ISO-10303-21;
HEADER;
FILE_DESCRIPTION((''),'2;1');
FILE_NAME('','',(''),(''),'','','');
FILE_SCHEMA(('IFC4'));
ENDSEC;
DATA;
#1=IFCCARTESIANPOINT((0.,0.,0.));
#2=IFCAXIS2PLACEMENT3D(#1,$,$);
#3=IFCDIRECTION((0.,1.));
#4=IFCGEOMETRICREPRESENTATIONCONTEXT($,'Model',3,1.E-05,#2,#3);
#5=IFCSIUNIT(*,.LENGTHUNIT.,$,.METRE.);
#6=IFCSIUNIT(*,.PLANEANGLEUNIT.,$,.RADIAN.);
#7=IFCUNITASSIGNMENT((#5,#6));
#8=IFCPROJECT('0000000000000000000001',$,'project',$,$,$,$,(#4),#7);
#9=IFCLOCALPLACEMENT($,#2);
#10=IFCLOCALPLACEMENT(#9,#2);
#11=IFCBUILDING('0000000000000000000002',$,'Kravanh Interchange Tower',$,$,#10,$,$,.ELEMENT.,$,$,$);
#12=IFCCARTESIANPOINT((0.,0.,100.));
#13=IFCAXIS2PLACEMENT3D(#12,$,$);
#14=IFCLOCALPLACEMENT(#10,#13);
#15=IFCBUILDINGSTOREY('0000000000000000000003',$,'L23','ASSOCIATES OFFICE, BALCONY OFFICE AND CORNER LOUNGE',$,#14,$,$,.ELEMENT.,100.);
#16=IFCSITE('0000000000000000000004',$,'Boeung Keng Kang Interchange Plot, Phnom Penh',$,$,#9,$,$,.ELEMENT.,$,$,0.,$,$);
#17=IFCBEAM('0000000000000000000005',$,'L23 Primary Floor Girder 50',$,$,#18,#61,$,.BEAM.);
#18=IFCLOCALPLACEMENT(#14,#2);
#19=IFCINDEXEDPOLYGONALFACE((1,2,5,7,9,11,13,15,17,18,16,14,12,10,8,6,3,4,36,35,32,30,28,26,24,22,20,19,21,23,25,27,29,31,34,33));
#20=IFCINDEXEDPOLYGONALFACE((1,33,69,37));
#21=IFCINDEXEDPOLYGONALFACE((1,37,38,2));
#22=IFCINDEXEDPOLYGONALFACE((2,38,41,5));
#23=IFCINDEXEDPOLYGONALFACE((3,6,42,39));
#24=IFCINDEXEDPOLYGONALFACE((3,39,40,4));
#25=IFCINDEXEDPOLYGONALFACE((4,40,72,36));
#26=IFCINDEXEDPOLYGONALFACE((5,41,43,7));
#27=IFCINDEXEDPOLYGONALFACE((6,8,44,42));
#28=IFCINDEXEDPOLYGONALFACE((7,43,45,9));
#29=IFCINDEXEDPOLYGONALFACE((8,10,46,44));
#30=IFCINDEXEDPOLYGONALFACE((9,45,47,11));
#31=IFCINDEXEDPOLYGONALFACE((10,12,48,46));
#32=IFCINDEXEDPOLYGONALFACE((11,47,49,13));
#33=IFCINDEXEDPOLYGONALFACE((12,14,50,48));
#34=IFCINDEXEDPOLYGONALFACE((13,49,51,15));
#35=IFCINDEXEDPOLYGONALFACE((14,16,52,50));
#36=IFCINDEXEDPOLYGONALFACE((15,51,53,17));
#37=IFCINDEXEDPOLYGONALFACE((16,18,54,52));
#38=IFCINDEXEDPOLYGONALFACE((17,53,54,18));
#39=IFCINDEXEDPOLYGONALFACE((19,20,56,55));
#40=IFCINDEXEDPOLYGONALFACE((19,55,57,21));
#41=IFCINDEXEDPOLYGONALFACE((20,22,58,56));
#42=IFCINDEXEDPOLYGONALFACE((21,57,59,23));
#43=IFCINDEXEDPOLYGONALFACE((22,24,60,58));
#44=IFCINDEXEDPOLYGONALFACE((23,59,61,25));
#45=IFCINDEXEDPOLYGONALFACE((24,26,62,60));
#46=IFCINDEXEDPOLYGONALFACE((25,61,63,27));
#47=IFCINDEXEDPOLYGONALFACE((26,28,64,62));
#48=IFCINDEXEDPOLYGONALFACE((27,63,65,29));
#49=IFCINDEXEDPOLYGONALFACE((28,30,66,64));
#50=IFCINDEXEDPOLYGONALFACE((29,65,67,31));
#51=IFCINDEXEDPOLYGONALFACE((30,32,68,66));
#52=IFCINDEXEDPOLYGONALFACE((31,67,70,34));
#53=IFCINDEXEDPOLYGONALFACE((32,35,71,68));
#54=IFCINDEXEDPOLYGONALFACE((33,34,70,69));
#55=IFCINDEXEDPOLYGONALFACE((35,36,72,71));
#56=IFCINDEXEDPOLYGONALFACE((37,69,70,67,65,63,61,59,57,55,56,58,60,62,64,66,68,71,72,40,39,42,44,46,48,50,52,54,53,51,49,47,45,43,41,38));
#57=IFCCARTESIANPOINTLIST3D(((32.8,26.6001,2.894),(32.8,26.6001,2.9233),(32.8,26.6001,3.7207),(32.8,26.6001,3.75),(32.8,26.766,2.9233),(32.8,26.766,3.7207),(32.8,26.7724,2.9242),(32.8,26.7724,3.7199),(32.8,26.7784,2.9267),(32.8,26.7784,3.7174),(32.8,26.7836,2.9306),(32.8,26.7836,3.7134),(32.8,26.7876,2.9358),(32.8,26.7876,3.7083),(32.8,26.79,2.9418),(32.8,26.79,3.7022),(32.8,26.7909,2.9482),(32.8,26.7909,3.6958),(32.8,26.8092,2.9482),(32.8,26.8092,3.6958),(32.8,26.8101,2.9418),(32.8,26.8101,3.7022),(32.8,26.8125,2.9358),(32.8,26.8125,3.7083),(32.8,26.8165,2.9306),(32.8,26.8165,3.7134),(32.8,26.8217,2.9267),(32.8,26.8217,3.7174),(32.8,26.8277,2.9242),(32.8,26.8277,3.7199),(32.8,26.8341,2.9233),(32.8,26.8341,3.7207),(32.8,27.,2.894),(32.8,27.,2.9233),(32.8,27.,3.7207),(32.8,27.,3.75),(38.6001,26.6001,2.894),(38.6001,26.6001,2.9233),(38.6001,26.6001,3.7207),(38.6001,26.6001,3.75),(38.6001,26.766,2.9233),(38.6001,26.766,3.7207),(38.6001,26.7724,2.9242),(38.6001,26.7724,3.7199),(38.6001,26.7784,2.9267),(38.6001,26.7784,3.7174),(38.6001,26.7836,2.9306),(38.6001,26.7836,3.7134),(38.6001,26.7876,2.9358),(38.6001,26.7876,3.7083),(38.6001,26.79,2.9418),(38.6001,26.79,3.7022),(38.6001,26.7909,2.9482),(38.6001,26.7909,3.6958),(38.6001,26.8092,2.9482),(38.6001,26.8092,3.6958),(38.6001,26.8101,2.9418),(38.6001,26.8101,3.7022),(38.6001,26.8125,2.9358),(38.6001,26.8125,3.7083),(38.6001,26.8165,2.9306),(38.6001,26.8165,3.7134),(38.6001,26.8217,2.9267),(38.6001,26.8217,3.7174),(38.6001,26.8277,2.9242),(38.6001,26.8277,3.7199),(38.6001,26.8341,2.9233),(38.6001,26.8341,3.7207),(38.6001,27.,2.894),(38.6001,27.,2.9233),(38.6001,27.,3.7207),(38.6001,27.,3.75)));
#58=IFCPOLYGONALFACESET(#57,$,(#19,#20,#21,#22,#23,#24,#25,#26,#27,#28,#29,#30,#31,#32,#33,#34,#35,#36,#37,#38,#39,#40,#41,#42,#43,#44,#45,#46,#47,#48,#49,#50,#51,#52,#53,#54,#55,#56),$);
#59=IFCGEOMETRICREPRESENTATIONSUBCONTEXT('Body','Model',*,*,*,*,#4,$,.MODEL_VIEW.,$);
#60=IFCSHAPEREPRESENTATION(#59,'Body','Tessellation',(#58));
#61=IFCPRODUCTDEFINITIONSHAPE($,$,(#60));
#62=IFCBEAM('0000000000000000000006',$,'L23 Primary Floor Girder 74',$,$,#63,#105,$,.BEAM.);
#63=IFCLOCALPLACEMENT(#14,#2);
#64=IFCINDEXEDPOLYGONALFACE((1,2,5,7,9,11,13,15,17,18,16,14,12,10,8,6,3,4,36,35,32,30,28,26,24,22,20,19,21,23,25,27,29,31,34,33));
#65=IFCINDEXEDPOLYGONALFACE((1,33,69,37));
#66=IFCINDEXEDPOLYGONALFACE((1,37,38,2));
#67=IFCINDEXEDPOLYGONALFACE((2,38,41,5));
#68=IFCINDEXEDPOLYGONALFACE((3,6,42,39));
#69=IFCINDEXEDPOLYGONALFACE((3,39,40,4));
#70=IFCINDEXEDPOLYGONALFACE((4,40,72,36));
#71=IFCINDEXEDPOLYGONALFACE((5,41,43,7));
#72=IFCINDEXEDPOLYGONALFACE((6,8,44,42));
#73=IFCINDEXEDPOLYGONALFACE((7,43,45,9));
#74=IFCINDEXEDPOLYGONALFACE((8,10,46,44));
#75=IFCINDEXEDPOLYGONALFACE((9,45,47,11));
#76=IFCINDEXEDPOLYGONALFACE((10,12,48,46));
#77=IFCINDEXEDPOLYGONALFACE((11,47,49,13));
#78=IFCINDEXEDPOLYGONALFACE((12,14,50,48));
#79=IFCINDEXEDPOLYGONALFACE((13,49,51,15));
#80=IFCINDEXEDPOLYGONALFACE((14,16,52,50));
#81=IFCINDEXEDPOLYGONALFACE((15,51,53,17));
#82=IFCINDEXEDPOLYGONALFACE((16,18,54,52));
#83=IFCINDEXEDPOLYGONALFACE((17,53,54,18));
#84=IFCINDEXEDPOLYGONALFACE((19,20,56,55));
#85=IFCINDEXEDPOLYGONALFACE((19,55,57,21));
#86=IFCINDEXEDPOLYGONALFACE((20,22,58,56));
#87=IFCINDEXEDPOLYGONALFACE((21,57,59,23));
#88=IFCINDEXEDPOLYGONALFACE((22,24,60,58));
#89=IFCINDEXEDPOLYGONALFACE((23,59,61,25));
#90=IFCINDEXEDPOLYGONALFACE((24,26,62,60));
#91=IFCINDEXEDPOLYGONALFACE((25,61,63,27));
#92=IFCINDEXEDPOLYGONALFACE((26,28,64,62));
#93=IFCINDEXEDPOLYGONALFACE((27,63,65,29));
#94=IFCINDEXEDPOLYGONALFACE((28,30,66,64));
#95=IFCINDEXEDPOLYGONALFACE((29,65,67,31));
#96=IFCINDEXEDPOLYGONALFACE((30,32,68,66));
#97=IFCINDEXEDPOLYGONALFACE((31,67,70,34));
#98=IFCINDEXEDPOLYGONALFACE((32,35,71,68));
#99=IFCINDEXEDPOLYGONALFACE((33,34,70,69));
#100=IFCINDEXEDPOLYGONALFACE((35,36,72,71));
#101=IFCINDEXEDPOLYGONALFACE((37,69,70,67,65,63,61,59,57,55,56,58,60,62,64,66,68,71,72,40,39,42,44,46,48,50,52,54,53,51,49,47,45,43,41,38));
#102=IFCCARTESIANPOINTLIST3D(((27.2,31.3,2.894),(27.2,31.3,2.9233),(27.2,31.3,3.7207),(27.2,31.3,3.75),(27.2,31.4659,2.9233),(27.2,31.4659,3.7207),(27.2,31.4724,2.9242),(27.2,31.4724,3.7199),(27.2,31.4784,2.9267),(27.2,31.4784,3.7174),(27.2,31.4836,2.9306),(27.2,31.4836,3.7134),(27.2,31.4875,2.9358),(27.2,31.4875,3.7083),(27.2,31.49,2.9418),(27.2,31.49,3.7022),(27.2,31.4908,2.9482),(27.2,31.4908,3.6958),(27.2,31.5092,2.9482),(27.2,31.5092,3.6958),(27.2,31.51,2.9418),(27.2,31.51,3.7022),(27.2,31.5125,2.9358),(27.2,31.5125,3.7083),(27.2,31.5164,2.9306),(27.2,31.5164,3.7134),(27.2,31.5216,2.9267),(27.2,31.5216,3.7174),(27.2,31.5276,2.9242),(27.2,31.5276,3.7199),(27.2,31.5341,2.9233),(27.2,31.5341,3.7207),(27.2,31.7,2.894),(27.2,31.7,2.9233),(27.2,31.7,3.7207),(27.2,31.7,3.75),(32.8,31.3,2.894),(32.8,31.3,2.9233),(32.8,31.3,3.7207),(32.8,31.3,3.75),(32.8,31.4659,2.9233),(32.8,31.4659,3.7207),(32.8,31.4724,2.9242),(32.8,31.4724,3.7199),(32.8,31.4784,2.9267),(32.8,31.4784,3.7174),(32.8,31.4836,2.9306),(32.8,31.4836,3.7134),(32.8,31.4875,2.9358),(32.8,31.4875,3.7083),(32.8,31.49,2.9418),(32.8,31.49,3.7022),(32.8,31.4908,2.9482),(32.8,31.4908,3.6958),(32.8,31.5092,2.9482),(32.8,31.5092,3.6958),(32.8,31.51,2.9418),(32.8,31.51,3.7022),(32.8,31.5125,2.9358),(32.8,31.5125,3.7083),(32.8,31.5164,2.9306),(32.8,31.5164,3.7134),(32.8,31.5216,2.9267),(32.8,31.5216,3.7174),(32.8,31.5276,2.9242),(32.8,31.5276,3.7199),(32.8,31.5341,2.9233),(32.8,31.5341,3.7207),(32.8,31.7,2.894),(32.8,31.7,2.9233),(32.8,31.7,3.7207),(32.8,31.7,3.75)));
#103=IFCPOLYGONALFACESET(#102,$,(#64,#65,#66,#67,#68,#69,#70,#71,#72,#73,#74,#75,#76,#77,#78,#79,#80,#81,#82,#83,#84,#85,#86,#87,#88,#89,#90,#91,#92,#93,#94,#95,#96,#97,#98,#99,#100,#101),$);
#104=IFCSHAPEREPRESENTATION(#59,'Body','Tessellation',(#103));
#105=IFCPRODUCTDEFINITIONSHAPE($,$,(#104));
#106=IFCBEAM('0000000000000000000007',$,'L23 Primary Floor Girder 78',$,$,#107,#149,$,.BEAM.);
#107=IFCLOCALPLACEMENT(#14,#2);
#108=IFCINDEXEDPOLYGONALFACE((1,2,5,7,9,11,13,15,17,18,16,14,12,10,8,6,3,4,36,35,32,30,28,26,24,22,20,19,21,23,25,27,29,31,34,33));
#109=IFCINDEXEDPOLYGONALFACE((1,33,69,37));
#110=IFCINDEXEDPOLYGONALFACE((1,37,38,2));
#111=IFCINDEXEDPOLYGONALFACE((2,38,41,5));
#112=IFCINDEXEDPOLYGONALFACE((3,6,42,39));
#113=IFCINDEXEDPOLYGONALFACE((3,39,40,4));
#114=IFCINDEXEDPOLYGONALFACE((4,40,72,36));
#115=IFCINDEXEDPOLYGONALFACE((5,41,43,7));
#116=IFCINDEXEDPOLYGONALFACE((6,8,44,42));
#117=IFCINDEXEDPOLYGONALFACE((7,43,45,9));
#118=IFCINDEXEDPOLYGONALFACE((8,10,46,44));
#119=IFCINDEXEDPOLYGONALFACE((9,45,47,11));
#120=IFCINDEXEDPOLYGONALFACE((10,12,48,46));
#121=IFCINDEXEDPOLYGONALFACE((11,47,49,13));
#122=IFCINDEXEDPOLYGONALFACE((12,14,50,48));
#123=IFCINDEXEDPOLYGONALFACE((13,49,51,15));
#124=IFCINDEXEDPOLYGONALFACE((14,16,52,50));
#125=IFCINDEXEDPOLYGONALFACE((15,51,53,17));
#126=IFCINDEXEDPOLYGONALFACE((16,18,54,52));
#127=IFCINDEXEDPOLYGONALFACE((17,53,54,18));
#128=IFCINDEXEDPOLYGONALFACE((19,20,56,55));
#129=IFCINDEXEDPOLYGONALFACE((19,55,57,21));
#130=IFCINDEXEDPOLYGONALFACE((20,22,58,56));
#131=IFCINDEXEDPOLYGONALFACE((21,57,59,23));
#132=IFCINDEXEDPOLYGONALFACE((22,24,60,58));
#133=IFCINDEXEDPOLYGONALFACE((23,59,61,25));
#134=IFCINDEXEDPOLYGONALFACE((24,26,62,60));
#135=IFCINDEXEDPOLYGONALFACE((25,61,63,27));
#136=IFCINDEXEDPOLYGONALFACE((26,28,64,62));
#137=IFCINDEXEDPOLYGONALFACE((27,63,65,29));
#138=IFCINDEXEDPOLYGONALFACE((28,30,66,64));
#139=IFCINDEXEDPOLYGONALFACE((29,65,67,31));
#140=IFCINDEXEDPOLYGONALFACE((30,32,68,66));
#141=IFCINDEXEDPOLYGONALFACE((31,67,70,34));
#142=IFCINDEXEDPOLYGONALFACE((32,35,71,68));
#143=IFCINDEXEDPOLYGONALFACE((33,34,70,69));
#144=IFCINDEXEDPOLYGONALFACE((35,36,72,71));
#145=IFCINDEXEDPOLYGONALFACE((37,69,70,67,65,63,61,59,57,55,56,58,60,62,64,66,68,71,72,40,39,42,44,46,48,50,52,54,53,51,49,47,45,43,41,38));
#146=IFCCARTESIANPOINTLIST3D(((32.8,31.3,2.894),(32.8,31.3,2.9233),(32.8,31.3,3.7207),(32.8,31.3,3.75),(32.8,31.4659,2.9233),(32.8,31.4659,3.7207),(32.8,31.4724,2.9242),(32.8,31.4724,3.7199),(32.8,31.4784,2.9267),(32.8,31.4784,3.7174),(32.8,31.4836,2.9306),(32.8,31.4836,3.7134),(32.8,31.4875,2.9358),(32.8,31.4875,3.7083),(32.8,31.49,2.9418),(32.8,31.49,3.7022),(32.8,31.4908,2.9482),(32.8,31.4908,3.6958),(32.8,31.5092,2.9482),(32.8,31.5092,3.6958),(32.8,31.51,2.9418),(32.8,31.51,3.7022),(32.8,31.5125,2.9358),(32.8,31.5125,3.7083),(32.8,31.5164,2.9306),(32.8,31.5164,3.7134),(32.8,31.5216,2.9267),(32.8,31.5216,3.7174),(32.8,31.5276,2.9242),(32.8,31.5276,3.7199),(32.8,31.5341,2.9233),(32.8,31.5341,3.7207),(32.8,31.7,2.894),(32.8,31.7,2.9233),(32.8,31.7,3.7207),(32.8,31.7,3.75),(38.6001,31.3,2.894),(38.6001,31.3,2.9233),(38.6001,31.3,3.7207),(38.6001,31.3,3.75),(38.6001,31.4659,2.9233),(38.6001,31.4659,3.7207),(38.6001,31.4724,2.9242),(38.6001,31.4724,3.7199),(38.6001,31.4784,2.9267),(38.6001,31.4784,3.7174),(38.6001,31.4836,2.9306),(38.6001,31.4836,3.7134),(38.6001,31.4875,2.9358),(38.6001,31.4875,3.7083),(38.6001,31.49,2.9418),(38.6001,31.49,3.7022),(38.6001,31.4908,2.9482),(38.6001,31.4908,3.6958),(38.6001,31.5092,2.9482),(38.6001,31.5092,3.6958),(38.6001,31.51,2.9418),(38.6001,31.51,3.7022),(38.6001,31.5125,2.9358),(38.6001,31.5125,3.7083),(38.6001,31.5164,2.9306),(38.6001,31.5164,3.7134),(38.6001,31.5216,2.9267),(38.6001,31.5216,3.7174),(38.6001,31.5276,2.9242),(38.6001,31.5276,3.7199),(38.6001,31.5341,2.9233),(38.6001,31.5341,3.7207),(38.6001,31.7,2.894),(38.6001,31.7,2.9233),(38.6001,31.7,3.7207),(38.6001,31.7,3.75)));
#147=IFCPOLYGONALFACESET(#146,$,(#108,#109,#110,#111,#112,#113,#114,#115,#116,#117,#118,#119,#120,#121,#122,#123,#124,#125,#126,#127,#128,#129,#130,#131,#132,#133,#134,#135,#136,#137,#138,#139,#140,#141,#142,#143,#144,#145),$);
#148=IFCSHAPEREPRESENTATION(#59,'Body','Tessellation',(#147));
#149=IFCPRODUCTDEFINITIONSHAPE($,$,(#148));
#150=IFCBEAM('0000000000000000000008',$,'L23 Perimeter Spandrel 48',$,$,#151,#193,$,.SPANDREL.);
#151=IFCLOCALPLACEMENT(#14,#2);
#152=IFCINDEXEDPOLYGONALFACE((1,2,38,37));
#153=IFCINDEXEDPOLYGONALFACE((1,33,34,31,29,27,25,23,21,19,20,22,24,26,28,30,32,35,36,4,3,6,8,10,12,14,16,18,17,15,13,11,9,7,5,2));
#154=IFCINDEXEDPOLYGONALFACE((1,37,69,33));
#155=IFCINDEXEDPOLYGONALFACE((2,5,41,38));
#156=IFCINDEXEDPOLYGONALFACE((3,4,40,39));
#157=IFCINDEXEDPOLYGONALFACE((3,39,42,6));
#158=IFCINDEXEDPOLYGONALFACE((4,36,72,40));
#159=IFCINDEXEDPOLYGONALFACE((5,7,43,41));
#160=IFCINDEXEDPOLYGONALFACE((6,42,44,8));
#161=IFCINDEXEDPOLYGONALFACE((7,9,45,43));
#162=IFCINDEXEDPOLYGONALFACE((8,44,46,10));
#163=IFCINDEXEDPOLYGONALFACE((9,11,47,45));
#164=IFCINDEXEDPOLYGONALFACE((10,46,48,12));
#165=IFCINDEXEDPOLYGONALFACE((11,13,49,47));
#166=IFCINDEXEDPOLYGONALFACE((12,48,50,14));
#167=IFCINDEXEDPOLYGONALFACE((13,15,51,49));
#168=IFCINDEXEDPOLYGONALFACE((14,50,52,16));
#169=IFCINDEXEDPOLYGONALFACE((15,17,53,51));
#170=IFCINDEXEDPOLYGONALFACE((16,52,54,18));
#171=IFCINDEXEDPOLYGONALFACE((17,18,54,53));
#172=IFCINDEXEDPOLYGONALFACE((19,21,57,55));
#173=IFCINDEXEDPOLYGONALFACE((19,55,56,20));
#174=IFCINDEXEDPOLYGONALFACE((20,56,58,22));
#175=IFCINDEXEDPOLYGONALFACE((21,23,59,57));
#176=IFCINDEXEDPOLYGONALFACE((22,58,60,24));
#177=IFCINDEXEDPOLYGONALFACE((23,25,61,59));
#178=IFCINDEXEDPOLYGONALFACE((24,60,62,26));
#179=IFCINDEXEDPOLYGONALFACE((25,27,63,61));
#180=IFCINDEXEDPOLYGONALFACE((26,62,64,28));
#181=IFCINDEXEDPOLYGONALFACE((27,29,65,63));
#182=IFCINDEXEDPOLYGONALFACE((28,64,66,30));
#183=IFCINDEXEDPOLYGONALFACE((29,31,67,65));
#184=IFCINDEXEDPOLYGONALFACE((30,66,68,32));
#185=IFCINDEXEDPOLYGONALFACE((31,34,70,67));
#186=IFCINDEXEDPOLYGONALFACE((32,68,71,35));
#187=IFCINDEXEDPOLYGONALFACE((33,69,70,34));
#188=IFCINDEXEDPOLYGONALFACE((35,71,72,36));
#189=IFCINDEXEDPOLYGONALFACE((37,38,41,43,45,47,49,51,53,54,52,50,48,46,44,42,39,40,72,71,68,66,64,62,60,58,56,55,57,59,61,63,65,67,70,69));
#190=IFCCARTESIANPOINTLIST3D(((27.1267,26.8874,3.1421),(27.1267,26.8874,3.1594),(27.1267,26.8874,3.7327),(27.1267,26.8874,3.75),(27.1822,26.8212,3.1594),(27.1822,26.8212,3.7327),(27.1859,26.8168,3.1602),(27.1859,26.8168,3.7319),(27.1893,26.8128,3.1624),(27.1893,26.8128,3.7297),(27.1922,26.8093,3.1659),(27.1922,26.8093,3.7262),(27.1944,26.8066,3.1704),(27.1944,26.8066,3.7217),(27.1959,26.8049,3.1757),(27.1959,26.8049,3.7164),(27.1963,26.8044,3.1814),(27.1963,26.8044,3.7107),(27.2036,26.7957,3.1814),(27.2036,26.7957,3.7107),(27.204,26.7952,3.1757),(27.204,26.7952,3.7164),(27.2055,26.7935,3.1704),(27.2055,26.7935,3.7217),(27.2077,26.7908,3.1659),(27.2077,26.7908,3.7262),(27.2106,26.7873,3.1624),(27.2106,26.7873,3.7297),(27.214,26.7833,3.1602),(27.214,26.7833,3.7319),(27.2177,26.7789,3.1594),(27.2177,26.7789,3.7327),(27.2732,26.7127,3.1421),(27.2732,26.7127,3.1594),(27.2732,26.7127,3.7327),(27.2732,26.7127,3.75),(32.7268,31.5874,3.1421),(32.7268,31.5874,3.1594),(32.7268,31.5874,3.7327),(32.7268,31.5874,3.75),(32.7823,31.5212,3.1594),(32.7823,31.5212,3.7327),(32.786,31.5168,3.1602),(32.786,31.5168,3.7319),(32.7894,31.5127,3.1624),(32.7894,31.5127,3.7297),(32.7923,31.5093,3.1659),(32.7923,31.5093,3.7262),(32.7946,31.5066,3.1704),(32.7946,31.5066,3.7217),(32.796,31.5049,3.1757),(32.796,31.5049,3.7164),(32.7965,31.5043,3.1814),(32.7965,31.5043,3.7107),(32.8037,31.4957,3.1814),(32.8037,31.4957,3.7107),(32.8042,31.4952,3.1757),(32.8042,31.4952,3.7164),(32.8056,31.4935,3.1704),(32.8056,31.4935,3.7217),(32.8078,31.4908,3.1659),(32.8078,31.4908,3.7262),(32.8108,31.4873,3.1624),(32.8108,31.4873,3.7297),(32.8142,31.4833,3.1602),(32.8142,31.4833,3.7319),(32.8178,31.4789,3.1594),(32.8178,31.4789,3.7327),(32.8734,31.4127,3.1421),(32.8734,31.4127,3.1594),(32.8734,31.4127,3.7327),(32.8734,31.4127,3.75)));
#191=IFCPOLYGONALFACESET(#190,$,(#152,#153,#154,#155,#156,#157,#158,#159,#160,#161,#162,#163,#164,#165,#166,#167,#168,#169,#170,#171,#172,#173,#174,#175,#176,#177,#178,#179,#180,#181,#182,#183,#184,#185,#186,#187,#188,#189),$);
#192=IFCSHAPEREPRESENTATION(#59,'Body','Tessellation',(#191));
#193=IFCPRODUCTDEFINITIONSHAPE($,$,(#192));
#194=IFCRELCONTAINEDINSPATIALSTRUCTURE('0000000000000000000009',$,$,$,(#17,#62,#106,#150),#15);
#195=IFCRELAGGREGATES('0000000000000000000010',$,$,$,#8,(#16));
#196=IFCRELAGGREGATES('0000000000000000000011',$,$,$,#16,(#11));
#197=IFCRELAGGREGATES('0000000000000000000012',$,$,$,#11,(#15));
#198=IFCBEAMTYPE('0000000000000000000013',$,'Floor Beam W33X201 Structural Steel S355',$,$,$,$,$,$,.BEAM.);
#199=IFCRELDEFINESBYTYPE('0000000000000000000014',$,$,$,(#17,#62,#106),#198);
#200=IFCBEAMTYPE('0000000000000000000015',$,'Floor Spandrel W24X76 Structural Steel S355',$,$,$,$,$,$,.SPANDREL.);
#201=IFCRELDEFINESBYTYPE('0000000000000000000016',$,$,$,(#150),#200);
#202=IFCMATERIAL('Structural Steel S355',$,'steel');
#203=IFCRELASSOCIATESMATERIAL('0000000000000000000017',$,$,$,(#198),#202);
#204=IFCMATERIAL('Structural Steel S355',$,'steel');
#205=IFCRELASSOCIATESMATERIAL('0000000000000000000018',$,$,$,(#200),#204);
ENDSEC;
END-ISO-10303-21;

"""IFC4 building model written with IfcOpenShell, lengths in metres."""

from ifc_helpers import new_model, si_unit, direction, frame, origin, origin_2d, place, context, subcontext, project, spatial, i_section, extrude, material, material_profile, profile_set, type_object, element, save


model = new_model("IFC4")

# Units and contexts
model_context = context("Model", 3, precision=1e-05, world=origin(), true_north=direction((0.0, 1.0)))
body_context = subcontext(model_context, "Body", "Model", "MODEL_VIEW")
ifc_project = project(units=[si_unit("LENGTHUNIT", "METRE"), si_unit("PLANEANGLEUNIT", "RADIAN")], contexts=[model_context])

# Site, building, storey
site_placement = place(None, origin())
site = spatial("IfcSite", under=ifc_project, at=site_placement, Name="Boeung Keng Kang Interchange Plot, Phnom Penh", CompositionType="ELEMENT", RefElevation=0.0)
building_placement = place(site_placement, origin())
building = spatial("IfcBuilding", under=site, at=building_placement, Name="Kravanh Interchange Tower", CompositionType="ELEMENT")
storey_placement = place(building_placement, frame((0.0, 0.0, 100.0)))
storey = spatial("IfcBuildingStorey", under=building, at=storey_placement, Name="L23", Description="ASSOCIATES OFFICE, BALCONY OFFICE AND CORNER LOUNGE", CompositionType="ELEMENT", Elevation=100.0)

# Beams
ifc_material_1 = material(Name="Structural Steel S355", Category="steel")
ifc_material_profile_1 = material_profile(ifc_material_1, i_section(OverallWidth=0.3999, OverallDepth=0.856, WebThickness=0.0183, FlangeThickness=0.0293, FilletRadius=0.0249, at=origin_2d()), Name="W33X201")
ifc_profile_set_1 = profile_set([ifc_material_profile_1], Name="Structural Steel S355")
beam_type_1 = type_object("IfcBeamType", Name="Floor Beam W33X201 Structural Steel S355", PredefinedType="BEAM", material=ifc_profile_set_1)
beam_1_placement = place(storey_placement, frame((32.8, 26.8, 3.322), z_axis=(1.0, 0.0, 0.0), x_axis=(0.0, 1.0, 0.0)))
element("IfcBeam", 1, at=beam_1_placement, inside=storey, type_object=beam_type_1, Name="L23 Primary Floor Girder 50", PredefinedType="BEAM", context=body_context, shape_type="SweptSolid", body=[
    extrude(i_section(OverallWidth=0.3999, OverallDepth=0.856, WebThickness=0.0183, FlangeThickness=0.0293, FilletRadius=0.0249, at=origin_2d()), origin(), (0.0, 0.0, 1.0), 5.8),
])
beam_2_placement = place(storey_placement, frame((27.2, 31.5, 3.322), z_axis=(1.0, 0.0, 0.0), x_axis=(0.0, 1.0, 0.0)))
element("IfcBeam", 2, at=beam_2_placement, inside=storey, type_object=beam_type_1, Name="L23 Primary Floor Girder 74", PredefinedType="BEAM", context=body_context, shape_type="SweptSolid", body=[
    extrude(i_section(OverallWidth=0.3999, OverallDepth=0.856, WebThickness=0.0183, FlangeThickness=0.0293, FilletRadius=0.0249, at=origin_2d()), origin(), (0.0, 0.0, 1.0), 5.6001),
])
beam_3_placement = place(storey_placement, frame((32.8, 31.5, 3.322), z_axis=(1.0, 0.0, 0.0), x_axis=(0.0, 1.0, 0.0)))
element("IfcBeam", 3, at=beam_3_placement, inside=storey, type_object=beam_type_1, Name="L23 Primary Floor Girder 78", PredefinedType="BEAM", context=body_context, shape_type="SweptSolid", body=[
    extrude(i_section(OverallWidth=0.3999, OverallDepth=0.856, WebThickness=0.0183, FlangeThickness=0.0293, FilletRadius=0.0249, at=origin_2d()), origin(), (0.0, 0.0, 1.0), 5.8),
])
ifc_material_2 = material(Name="Structural Steel S355", Category="steel")
ifc_material_profile_2 = material_profile(ifc_material_2, i_section(OverallWidth=0.228, OverallDepth=0.6079, WebThickness=0.0112, FlangeThickness=0.0173, FilletRadius=0.022, at=origin_2d()), Name="W24X76")
ifc_profile_set_2 = profile_set([ifc_material_profile_2], Name="Structural Steel S355")
beam_type_2 = type_object("IfcBeamType", Name="Floor Spandrel W24X76 Structural Steel S355", PredefinedType="SPANDREL", material=ifc_profile_set_2)
beam_4_placement = place(storey_placement, frame((27.2, 26.8, 3.446), z_axis=(0.765983, 0.642861, 0.0), x_axis=(-0.642861, 0.765983, 0.0)))
element("IfcBeam", 4, at=beam_4_placement, inside=storey, type_object=beam_type_2, Name="L23 Perimeter Spandrel 48", PredefinedType="SPANDREL", context=body_context, shape_type="SweptSolid", body=[
    extrude(i_section(OverallWidth=0.228, OverallDepth=0.6079, WebThickness=0.0112, FlangeThickness=0.0173, FilletRadius=0.022, at=origin_2d()), origin(), (0.0, 0.0, 1.0), 7.311),
])

save(model, "model.ifc")
